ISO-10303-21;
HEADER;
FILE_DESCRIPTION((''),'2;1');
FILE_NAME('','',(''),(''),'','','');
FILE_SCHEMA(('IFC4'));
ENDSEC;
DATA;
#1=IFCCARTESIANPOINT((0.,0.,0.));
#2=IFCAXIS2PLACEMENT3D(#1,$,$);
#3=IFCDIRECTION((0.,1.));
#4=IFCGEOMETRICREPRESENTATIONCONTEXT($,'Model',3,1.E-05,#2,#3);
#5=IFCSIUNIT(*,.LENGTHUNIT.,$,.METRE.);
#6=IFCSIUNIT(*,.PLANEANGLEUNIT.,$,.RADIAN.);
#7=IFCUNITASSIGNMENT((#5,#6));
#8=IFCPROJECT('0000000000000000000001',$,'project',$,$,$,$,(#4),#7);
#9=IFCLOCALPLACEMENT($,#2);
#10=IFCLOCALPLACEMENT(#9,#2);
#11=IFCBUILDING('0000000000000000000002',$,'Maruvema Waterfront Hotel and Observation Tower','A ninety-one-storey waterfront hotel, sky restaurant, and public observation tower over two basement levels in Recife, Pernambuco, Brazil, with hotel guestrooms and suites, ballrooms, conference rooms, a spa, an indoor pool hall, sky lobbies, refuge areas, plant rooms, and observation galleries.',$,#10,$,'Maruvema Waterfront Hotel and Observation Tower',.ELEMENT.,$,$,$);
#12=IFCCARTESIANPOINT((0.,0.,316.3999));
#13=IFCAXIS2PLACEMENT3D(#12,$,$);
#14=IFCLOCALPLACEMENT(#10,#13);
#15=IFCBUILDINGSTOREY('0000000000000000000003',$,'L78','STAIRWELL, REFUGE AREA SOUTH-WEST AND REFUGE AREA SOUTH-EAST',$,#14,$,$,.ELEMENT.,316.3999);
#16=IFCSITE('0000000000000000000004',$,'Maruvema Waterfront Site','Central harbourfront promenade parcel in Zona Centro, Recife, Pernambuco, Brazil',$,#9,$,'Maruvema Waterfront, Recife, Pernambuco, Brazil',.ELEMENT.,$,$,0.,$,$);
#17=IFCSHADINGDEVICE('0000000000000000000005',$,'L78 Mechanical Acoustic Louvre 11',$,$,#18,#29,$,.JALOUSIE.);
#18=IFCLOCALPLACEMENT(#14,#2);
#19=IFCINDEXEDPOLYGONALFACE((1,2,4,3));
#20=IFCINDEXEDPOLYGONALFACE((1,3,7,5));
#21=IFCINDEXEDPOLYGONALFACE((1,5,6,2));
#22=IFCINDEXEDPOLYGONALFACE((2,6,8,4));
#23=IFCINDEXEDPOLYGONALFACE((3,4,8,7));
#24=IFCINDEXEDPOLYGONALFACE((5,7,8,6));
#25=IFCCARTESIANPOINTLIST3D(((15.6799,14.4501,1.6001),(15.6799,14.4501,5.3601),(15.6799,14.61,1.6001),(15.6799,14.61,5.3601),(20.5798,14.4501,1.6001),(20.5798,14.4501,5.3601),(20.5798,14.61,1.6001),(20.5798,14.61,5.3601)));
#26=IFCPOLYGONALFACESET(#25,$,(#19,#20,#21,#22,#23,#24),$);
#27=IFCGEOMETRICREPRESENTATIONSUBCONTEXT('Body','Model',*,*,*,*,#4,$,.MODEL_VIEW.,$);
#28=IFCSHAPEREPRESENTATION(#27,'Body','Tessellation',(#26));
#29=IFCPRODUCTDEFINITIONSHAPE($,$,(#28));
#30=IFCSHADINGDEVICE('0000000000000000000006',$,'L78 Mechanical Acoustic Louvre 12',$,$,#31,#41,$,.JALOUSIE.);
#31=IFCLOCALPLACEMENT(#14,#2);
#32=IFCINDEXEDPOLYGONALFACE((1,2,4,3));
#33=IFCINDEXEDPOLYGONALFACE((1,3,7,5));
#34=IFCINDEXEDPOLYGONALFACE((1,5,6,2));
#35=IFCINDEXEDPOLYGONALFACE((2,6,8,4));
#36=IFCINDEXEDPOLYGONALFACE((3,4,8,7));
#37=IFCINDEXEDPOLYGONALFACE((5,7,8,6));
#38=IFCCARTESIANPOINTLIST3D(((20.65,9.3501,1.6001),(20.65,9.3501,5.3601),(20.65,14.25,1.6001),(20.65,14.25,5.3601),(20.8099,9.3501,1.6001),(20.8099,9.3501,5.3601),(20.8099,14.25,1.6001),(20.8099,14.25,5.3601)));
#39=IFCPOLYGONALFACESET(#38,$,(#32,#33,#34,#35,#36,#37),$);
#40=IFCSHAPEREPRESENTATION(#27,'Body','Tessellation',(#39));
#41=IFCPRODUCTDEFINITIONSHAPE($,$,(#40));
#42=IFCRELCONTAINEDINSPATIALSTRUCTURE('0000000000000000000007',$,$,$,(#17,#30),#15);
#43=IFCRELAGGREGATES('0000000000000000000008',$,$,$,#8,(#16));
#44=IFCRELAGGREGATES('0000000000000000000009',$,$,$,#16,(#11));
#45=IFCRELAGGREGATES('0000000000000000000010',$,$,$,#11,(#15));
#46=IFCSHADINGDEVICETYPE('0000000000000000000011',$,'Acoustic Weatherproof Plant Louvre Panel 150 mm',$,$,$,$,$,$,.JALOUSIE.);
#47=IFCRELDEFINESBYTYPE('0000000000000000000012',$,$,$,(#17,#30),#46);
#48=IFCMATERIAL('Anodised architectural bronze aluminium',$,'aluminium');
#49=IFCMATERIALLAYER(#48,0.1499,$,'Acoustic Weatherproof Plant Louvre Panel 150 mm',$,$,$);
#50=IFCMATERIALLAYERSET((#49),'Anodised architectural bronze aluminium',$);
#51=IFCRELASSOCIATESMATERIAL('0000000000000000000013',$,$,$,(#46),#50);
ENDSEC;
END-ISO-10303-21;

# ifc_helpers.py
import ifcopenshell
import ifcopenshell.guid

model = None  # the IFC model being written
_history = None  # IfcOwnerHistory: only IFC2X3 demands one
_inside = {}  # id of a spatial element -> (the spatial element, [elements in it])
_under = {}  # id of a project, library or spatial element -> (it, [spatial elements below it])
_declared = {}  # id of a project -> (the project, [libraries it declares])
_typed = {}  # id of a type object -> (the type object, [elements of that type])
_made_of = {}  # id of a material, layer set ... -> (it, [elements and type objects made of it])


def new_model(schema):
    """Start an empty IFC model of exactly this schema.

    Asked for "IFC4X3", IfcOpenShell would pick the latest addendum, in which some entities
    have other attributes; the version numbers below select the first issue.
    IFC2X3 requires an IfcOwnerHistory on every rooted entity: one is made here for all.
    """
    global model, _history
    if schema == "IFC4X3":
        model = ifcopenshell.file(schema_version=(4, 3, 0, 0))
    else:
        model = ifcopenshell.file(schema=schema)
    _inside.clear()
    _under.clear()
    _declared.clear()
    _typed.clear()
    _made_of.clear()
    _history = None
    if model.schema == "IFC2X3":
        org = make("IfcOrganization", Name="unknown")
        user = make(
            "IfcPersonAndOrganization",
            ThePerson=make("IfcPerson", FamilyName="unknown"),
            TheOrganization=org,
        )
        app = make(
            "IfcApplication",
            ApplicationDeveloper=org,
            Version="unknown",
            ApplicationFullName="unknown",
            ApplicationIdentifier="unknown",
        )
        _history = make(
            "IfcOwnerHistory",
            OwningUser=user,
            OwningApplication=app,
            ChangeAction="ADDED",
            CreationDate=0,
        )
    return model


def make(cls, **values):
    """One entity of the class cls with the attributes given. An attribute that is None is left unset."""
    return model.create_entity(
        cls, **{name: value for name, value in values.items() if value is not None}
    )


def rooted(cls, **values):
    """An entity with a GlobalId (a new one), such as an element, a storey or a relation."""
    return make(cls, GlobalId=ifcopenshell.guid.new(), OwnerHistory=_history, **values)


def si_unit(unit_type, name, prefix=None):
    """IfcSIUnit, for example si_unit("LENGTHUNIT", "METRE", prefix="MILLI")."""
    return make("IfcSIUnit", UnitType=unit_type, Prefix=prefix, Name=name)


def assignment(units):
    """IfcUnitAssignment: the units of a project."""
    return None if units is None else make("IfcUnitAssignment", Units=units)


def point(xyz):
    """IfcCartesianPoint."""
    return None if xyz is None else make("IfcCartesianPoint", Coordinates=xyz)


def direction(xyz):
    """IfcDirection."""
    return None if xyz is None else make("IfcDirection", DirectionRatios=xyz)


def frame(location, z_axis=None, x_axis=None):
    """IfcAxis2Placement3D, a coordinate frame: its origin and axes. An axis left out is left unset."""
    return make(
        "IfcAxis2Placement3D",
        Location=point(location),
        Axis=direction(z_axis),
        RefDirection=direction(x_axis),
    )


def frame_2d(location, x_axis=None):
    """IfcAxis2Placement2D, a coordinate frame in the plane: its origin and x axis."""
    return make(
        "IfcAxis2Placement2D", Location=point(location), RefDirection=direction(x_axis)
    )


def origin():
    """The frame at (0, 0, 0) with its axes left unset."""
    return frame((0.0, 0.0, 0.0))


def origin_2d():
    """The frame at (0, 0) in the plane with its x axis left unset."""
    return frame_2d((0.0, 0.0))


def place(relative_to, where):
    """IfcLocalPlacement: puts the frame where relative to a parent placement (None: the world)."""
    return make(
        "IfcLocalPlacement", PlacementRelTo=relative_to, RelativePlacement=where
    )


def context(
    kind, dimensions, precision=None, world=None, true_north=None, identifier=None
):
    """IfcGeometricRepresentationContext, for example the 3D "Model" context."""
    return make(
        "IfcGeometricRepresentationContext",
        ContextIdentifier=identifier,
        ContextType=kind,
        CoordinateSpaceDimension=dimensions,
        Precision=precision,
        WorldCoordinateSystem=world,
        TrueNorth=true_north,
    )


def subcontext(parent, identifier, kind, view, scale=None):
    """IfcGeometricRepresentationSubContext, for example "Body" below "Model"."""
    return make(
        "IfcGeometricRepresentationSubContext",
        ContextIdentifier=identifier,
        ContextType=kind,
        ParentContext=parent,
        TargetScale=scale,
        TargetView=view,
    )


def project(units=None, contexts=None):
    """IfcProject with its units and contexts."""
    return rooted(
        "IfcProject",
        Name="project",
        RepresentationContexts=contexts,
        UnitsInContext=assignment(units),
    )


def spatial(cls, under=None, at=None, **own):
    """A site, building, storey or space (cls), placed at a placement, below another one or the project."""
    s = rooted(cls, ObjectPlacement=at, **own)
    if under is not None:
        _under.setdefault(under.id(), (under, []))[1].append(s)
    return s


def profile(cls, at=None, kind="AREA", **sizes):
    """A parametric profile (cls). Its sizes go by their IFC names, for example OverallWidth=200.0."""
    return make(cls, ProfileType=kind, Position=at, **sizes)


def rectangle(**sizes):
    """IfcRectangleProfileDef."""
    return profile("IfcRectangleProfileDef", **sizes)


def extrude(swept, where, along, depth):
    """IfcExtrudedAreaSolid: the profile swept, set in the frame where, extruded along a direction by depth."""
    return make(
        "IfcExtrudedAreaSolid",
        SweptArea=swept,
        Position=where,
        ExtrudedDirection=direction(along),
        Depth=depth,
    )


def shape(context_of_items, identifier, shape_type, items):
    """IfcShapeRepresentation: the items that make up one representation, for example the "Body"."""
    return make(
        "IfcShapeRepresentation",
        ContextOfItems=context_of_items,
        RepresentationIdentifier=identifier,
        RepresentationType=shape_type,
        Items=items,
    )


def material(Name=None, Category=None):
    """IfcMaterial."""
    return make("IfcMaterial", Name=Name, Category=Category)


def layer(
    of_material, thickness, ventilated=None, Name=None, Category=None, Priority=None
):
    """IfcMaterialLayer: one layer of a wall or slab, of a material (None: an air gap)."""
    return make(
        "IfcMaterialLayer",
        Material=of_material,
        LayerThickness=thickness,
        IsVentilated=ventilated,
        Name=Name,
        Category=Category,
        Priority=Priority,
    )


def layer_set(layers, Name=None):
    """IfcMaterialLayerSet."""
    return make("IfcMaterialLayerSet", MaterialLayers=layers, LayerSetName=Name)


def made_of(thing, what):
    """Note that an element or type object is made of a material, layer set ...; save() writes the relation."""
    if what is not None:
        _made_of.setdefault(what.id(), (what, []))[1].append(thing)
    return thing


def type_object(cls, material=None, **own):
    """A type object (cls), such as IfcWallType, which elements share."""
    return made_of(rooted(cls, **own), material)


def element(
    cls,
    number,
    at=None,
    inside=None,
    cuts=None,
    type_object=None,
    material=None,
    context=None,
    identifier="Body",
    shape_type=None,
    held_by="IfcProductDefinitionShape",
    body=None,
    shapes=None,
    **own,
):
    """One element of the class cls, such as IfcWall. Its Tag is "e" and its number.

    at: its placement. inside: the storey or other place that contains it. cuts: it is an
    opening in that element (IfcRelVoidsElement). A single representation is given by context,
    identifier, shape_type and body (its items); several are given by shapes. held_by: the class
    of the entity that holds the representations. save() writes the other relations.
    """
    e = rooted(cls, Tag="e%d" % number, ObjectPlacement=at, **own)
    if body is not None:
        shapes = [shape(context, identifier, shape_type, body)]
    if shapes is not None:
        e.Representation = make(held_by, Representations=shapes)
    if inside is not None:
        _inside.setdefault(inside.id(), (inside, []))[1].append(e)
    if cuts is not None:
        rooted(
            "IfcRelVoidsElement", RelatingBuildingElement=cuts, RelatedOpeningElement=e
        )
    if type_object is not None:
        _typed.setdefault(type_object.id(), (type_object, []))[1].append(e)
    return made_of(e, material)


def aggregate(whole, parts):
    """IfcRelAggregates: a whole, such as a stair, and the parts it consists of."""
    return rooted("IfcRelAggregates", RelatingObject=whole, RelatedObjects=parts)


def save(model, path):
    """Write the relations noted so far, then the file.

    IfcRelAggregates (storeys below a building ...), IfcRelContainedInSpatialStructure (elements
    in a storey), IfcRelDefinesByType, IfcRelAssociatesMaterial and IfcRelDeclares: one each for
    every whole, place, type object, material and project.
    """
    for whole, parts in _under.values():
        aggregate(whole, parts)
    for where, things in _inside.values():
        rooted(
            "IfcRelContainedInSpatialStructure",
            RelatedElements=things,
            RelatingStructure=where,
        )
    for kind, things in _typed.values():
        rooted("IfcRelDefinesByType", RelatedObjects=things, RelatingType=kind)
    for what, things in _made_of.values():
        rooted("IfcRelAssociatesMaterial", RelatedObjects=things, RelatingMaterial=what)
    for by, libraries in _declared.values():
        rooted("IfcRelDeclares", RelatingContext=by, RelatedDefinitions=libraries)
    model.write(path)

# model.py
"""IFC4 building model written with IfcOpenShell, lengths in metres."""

from ifc_helpers import new_model, si_unit, direction, frame, origin, origin_2d, place, context, subcontext, project, spatial, rectangle, extrude, material, layer, layer_set, type_object, element, save


model = new_model("IFC4")

# Units and contexts
model_context = context("Model", 3, precision=1e-05, world=origin(), true_north=direction((0.0, 1.0)))
body_context = subcontext(model_context, "Body", "Model", "MODEL_VIEW")
ifc_project = project(units=[si_unit("LENGTHUNIT", "METRE"), si_unit("PLANEANGLEUNIT", "RADIAN")], contexts=[model_context])

# Site, building, storey
site_placement = place(None, origin())
site = spatial("IfcSite", under=ifc_project, at=site_placement, Name="Maruvema Waterfront Site", Description="Central harbourfront promenade parcel in Zona Centro, Recife, Pernambuco, Brazil", LongName="Maruvema Waterfront, Recife, Pernambuco, Brazil", CompositionType="ELEMENT", RefElevation=0.0)
building_placement = place(site_placement, origin())
building = spatial("IfcBuilding", under=site, at=building_placement, Name="Maruvema Waterfront Hotel and Observation Tower", Description="A ninety-one-storey waterfront hotel, sky restaurant, and public observation tower over two basement levels in Recife, Pernambuco, Brazil, with hotel guestrooms and suites, ballrooms, conference rooms, a spa, an indoor pool hall, sky lobbies, refuge areas, plant rooms, and observation galleries.", LongName="Maruvema Waterfront Hotel and Observation Tower", CompositionType="ELEMENT")
storey_placement = place(building_placement, frame((0.0, 0.0, 316.3999)))
storey = spatial("IfcBuildingStorey", under=building, at=storey_placement, Name="L78", Description="STAIRWELL, REFUGE AREA SOUTH-WEST AND REFUGE AREA SOUTH-EAST", CompositionType="ELEMENT", Elevation=316.3999)

# Shading devices
ifc_material_1 = material(Name="Anodised architectural bronze aluminium", Category="aluminium")
ifc_layer_1 = layer(ifc_material_1, 0.1499, Name="Acoustic Weatherproof Plant Louvre Panel 150 mm")
ifc_layer_set_1 = layer_set([ifc_layer_1], Name="Anodised architectural bronze aluminium")
shading_device_type = type_object("IfcShadingDeviceType", Name="Acoustic Weatherproof Plant Louvre Panel 150 mm", PredefinedType="JALOUSIE", material=ifc_layer_set_1)
for number, where, z_axis, x_axis, name in (
    (1, (18.1299, 14.53, 1.6001), (0.0, 0.0, 1.0), (1.0, 0.0, 0.0), "L78 Mechanical Acoustic Louvre 11"),
    (2, (20.73, 11.8, 1.6001), (0.0, 0.0, 1.0), (0.0, -1.0, 0.0), "L78 Mechanical Acoustic Louvre 12"),
):
    element("IfcShadingDevice", number, at=place(storey_placement, frame(where, z_axis=z_axis, x_axis=x_axis)), inside=storey, type_object=shading_device_type, Name=name, PredefinedType="JALOUSIE", context=body_context, shape_type="SweptSolid", body=[
        extrude(rectangle(XDim=4.8999, YDim=0.1599, at=origin_2d()), origin(), (0.0, 0.0, 1.0), 3.76),
    ])

save(model, "model.ifc")
